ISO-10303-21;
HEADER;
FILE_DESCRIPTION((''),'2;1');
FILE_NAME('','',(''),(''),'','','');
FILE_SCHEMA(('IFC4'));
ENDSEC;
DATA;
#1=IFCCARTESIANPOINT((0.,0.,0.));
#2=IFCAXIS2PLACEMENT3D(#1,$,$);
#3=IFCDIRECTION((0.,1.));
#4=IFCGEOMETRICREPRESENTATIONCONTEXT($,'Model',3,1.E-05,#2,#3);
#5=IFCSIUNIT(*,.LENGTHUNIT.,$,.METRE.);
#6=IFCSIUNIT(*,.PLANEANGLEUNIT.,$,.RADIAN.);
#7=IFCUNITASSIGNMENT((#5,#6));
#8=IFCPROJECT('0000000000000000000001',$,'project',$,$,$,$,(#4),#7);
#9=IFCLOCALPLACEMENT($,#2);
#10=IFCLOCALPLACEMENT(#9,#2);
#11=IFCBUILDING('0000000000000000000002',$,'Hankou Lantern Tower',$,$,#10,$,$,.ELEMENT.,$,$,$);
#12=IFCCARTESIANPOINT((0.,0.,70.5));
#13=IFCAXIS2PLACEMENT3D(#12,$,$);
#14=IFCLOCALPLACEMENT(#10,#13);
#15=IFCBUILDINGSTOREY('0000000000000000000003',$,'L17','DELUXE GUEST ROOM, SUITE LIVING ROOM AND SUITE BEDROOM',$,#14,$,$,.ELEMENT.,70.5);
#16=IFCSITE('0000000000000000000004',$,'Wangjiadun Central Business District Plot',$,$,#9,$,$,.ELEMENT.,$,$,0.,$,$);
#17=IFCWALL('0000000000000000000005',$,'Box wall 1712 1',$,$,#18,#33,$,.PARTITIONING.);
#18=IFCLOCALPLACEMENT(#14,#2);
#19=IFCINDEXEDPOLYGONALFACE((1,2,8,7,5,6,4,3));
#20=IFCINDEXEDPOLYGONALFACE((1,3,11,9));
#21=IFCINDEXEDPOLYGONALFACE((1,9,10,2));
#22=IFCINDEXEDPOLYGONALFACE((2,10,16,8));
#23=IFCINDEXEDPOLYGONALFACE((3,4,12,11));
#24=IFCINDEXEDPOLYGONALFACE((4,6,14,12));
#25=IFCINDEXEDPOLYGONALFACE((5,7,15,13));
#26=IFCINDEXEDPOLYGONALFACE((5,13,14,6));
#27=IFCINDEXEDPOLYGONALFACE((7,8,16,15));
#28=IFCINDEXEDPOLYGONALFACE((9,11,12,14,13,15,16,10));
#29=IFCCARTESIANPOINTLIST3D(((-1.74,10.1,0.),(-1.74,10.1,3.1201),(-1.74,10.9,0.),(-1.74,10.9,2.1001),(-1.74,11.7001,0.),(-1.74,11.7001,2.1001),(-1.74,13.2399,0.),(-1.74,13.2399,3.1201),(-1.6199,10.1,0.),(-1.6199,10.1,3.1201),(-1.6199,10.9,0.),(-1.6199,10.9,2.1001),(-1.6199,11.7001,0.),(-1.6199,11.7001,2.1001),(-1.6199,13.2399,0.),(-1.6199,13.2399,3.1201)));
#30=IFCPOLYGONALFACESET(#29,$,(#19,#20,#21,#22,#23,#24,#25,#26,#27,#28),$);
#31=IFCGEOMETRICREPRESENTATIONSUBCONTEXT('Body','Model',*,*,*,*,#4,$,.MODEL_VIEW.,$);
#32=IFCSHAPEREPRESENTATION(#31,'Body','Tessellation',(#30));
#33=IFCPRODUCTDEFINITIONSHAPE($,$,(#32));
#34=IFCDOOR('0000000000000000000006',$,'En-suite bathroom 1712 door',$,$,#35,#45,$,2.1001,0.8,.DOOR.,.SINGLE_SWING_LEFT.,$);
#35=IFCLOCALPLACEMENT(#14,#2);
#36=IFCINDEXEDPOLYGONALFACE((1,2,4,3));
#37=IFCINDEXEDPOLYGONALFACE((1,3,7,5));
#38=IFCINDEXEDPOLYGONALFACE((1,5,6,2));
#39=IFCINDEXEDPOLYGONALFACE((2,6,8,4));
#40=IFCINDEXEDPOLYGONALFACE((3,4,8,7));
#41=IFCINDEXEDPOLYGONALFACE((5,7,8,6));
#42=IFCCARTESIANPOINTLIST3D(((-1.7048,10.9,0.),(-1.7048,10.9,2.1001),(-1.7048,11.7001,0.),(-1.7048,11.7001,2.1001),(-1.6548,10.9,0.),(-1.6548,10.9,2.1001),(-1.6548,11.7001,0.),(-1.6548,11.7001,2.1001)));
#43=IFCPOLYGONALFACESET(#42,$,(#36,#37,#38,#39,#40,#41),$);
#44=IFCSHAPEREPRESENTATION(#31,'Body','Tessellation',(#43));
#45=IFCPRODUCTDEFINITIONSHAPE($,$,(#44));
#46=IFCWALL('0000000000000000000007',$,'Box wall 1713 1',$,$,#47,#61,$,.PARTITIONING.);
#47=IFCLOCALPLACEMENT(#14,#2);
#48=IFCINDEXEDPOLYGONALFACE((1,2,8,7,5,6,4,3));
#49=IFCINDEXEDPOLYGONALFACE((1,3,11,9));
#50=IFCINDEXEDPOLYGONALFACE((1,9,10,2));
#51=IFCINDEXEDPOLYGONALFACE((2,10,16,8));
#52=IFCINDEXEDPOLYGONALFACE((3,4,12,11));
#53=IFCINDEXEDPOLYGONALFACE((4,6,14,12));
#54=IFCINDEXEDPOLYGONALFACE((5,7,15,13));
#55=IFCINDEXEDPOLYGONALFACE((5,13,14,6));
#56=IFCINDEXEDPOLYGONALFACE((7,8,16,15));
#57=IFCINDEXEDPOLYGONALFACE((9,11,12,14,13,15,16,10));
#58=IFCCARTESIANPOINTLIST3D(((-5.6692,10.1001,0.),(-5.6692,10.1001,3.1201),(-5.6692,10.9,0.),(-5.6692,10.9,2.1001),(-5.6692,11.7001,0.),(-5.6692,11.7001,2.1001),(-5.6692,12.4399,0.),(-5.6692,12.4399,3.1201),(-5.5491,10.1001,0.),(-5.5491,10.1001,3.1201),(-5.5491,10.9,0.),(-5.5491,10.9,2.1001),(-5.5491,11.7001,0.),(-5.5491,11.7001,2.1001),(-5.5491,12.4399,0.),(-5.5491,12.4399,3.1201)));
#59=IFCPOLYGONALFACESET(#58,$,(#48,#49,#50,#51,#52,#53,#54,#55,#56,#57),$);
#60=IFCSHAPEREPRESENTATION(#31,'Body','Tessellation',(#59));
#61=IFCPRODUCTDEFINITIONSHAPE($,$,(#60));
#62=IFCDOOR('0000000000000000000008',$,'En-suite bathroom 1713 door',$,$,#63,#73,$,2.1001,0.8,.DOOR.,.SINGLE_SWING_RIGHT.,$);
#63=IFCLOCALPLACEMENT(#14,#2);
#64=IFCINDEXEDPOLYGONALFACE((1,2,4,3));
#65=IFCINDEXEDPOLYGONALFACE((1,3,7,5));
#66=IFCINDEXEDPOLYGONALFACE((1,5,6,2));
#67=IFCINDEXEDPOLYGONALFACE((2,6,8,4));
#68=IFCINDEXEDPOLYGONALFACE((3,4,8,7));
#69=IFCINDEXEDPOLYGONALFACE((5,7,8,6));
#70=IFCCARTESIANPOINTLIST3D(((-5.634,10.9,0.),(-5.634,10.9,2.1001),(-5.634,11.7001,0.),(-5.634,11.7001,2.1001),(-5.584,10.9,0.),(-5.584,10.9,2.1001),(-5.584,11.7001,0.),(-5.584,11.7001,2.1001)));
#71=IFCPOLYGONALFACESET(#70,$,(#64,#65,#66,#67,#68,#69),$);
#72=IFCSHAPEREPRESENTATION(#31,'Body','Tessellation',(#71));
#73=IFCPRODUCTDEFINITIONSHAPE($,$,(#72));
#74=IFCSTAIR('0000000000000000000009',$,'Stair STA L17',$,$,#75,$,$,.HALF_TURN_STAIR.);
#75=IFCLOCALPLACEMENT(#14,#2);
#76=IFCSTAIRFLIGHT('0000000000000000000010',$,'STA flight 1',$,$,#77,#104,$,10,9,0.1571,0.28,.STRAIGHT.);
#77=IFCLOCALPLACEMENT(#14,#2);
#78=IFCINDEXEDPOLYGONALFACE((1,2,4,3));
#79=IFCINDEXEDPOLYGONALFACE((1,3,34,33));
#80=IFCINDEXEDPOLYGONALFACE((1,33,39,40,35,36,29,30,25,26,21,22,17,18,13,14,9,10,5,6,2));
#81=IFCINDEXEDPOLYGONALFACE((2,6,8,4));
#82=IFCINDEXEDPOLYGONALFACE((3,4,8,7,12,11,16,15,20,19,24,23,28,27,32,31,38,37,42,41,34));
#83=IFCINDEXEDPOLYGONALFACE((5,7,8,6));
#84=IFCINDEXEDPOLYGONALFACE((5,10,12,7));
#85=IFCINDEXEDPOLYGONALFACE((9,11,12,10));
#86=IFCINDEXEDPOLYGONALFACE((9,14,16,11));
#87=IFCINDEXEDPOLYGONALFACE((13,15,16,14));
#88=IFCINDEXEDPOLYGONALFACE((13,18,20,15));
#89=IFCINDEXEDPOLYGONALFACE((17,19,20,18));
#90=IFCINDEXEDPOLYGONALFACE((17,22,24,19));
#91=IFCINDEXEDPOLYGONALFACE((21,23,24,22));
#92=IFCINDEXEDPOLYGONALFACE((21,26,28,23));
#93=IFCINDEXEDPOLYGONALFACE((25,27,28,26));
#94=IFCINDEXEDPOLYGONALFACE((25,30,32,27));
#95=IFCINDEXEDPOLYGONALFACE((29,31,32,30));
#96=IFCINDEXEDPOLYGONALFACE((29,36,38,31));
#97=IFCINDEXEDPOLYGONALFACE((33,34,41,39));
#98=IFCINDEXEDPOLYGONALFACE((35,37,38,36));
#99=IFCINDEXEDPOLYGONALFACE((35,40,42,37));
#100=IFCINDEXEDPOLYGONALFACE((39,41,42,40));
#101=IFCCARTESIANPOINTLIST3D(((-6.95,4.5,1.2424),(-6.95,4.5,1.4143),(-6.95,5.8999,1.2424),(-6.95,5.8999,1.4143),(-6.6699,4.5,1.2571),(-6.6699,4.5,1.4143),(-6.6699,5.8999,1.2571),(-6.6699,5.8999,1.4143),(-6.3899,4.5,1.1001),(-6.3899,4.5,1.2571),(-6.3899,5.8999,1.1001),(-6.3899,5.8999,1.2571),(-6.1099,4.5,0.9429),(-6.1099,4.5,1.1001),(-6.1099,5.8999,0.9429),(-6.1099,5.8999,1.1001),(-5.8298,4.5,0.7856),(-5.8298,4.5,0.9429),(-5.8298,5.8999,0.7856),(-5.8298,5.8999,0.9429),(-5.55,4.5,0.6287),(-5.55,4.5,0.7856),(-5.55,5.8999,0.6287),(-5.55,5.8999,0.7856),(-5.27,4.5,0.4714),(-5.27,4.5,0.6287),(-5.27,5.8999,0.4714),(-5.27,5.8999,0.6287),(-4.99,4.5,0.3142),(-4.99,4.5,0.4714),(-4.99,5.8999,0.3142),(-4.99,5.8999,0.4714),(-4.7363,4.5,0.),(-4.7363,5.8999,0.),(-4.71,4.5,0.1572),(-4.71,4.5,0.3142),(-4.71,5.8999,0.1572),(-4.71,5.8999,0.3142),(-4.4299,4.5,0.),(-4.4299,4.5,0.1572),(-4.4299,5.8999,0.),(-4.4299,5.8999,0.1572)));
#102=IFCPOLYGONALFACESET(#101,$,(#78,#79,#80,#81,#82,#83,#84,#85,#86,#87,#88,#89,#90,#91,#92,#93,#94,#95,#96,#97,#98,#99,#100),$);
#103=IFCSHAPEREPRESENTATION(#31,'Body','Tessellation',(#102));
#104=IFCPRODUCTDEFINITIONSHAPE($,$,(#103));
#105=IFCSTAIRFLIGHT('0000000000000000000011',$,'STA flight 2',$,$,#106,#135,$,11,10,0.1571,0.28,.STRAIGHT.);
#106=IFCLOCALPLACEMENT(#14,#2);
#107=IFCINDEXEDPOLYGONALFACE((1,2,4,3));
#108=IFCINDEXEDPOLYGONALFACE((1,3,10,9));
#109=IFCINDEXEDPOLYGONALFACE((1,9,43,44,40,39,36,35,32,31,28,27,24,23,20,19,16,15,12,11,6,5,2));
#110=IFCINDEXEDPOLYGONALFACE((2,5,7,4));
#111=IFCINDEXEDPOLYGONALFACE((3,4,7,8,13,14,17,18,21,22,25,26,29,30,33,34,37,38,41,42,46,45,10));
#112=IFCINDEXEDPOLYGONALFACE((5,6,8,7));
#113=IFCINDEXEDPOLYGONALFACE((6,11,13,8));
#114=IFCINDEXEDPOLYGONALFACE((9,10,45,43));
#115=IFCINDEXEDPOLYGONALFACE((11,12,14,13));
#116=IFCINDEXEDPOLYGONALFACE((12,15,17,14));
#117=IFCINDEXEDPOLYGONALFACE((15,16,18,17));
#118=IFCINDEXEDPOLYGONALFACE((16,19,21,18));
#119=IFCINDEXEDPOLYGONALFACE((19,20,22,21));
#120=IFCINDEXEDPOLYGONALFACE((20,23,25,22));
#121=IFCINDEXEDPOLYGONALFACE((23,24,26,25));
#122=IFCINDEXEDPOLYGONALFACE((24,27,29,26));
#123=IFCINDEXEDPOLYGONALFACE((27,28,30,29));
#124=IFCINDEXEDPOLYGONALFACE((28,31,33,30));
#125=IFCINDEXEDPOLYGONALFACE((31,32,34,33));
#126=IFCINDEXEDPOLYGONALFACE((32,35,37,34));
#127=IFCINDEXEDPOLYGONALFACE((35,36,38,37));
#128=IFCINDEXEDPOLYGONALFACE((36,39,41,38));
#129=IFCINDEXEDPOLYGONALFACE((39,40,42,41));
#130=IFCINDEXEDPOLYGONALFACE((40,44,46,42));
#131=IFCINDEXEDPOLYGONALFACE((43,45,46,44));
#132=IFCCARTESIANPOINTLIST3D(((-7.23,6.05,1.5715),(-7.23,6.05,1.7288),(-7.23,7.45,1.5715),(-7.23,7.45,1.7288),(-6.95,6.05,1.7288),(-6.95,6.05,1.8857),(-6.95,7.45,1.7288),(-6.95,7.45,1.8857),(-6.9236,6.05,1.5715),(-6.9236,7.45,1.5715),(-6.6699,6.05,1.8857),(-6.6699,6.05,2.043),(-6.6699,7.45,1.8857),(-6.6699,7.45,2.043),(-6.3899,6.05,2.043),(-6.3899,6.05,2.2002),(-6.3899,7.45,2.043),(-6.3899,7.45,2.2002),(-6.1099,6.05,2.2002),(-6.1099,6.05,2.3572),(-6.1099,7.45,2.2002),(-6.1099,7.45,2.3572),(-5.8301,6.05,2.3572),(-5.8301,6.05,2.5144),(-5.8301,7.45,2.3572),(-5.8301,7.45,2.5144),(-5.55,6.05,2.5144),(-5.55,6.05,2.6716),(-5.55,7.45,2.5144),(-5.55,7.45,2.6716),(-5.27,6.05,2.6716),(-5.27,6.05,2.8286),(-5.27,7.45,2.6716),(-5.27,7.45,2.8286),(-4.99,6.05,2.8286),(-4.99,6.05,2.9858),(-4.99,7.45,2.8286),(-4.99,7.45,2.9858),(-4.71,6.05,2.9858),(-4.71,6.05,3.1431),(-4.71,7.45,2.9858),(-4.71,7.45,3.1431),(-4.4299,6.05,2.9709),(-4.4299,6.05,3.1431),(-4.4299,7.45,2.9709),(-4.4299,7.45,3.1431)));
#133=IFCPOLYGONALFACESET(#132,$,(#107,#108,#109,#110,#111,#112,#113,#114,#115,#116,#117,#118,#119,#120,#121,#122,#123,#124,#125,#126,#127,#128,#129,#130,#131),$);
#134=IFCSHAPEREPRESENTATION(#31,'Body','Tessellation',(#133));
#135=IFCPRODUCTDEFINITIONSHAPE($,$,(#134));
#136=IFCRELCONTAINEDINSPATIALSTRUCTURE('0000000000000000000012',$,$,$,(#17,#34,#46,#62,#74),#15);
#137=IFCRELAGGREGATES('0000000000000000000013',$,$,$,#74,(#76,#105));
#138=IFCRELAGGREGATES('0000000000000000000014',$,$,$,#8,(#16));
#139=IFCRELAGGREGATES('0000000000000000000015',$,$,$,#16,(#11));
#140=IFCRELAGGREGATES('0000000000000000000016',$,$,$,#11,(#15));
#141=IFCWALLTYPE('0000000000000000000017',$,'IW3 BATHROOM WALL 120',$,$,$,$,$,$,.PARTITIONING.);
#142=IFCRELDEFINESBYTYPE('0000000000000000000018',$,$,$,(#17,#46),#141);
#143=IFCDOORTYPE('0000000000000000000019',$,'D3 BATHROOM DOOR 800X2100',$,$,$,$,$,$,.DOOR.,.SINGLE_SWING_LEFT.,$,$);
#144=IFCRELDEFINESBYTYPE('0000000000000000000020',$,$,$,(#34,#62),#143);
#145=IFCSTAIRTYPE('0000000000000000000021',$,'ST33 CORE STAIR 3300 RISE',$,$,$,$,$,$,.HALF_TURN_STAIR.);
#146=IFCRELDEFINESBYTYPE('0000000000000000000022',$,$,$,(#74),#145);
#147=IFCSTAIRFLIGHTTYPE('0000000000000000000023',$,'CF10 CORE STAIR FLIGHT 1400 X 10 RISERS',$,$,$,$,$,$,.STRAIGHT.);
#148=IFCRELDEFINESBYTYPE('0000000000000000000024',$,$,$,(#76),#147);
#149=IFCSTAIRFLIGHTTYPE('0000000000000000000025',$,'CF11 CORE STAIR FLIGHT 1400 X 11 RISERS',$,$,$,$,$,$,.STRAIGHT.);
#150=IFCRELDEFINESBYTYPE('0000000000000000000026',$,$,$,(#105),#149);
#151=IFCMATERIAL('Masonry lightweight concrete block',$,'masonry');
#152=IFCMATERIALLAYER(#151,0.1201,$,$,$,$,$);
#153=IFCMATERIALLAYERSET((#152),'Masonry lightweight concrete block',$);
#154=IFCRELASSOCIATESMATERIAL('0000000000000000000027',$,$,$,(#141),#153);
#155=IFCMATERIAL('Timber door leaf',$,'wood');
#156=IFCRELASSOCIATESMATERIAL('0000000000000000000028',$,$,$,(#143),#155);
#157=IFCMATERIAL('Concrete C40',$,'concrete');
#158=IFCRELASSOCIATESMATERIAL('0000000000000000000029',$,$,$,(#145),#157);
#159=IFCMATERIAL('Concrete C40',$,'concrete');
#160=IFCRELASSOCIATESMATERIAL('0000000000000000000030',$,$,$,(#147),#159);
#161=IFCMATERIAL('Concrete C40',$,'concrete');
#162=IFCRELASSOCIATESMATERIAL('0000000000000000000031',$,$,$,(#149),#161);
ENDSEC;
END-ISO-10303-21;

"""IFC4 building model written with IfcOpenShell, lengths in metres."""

from ifc_helpers import new_model, si_unit, direction, frame, frame_2d, origin, place, context, subcontext, project, spatial, polyline, rectangle, outline, extrude, material, layer, layer_set, type_object, element, fill, aggregate, save


model = new_model("IFC4")

# Units and contexts
model_context = context("Model", 3, precision=1e-05, world=origin(), true_north=direction((0.0, 1.0)))
body_context = subcontext(model_context, "Body", "Model", "MODEL_VIEW")
ifc_project = project(units=[si_unit("LENGTHUNIT", "METRE"), si_unit("PLANEANGLEUNIT", "RADIAN")], contexts=[model_context])

# Site, building, storey
site_placement = place(None, origin())
site = spatial("IfcSite", under=ifc_project, at=site_placement, Name="Wangjiadun Central Business District Plot", CompositionType="ELEMENT", RefElevation=0.0)
building_placement = place(site_placement, origin())
building = spatial("IfcBuilding", under=site, at=building_placement, Name="Hankou Lantern Tower", CompositionType="ELEMENT")
storey_placement = place(building_placement, frame((0.0, 0.0, 70.5)))
storey = spatial("IfcBuildingStorey", under=building, at=storey_placement, Name="L17", Description="DELUXE GUEST ROOM, SUITE LIVING ROOM AND SUITE BEDROOM", CompositionType="ELEMENT", Elevation=70.5)

# Walls, openings, doors
ifc_material_1 = material(Name="Masonry lightweight concrete block", Category="masonry")
ifc_layer_1 = layer(ifc_material_1, 0.1201)
ifc_layer_set_1 = layer_set([ifc_layer_1], Name="Masonry lightweight concrete block")
wall_type_1 = type_object("IfcWallType", Name="IW3 BATHROOM WALL 120", PredefinedType="PARTITIONING", material=ifc_layer_set_1)
wall_1_placement = place(storey_placement, frame((-1.6799, 10.1001, 0.0), z_axis=(0.0, 0.0, 1.0), x_axis=(0.0, 1.0, 0.0)))
wall_1 = element("IfcWall", 1, at=wall_1_placement, inside=storey, type_object=wall_type_1, Name="Box wall 1712 1", PredefinedType="PARTITIONING", context=body_context, shape_type="SweptSolid", body=[
    extrude(rectangle(XDim=3.1399, YDim=0.1201, at=frame_2d((1.5698, 0.0))), origin(), (0.0, 0.0, 1.0), 3.1201),
])
opening_1_placement = place(wall_1_placement, frame((0.8, 0.0, 0.0)))
opening_1 = element("IfcOpeningElement", 2, at=opening_1_placement, cuts=wall_1, PredefinedType="OPENING", context=body_context, shape_type="SweptSolid", body=[
    extrude(rectangle(XDim=0.8, YDim=2.1001, at=frame_2d((0.3999, 1.05))), frame((0.0, 0.0701, 0.0), z_axis=(0.0, -1.0, 0.0), x_axis=(1.0, 0.0, 0.0)), (0.0, 0.0, 1.0), 0.1401),
])
ifc_material_2 = material(Name="Timber door leaf", Category="wood")
door_type_1 = type_object("IfcDoorType", Name="D3 BATHROOM DOOR 800X2100", OperationType="SINGLE_SWING_LEFT", PredefinedType="DOOR", material=ifc_material_2)
door_1_placement = place(opening_1_placement, origin())
door_1 = element("IfcDoor", 3, at=door_1_placement, inside=storey, type_object=door_type_1, Name="En-suite bathroom 1712 door", OperationType="SINGLE_SWING_LEFT", OverallHeight=2.1001, OverallWidth=0.8, PredefinedType="DOOR", context=body_context, shape_type="SweptSolid", body=[
    extrude(rectangle(XDim=0.8, YDim=2.1001, at=frame_2d((0.3999, 1.05))), frame((0.0, 0.0249, 0.0), z_axis=(0.0, -1.0, 0.0), x_axis=(1.0, 0.0, 0.0)), (0.0, 0.0, 1.0), 0.05),
])
fill(opening_1, door_1)
wall_2_placement = place(storey_placement, frame((-5.6091, 10.1001, 0.0), z_axis=(0.0, 0.0, 1.0), x_axis=(0.0, 1.0, 0.0)))
wall_2 = element("IfcWall", 4, at=wall_2_placement, inside=storey, type_object=wall_type_1, Name="Box wall 1713 1", PredefinedType="PARTITIONING", context=body_context, shape_type="SweptSolid", body=[
    extrude(rectangle(XDim=2.3398, YDim=0.1201, at=frame_2d((1.1699, 0.0))), origin(), (0.0, 0.0, 1.0), 3.1201),
])
opening_2_placement = place(wall_2_placement, frame((0.8, 0.0, 0.0)))
opening_2 = element("IfcOpeningElement", 5, at=opening_2_placement, cuts=wall_2, PredefinedType="OPENING", context=body_context, shape_type="SweptSolid", body=[
    extrude(rectangle(XDim=0.8, YDim=2.1001, at=frame_2d((0.3999, 1.05))), frame((0.0, 0.0701, 0.0), z_axis=(0.0, -1.0, 0.0), x_axis=(1.0, 0.0, 0.0)), (0.0, 0.0, 1.0), 0.1401),
])
door_2_placement = place(opening_2_placement, origin())
door_2 = element("IfcDoor", 6, at=door_2_placement, inside=storey, type_object=door_type_1, Name="En-suite bathroom 1713 door", OperationType="SINGLE_SWING_RIGHT", OverallHeight=2.1001, OverallWidth=0.8, PredefinedType="DOOR", context=body_context, shape_type="SweptSolid", body=[
    extrude(rectangle(XDim=0.8, YDim=2.1001, at=frame_2d((0.3999, 1.05))), frame((0.0, 0.0249, 0.0), z_axis=(0.0, -1.0, 0.0), x_axis=(1.0, 0.0, 0.0)), (0.0, 0.0, 1.0), 0.05),
])
fill(opening_2, door_2)

# Stair, stair flights
ifc_material_3 = material(Name="Concrete C40", Category="concrete")
stair_type = type_object("IfcStairType", Name="ST33 CORE STAIR 3300 RISE", PredefinedType="HALF_TURN_STAIR", material=ifc_material_3)
stair_placement = place(storey_placement, origin())
stair = element("IfcStair", 7, at=stair_placement, inside=storey, type_object=stair_type, Name="Stair STA L17", PredefinedType="HALF_TURN_STAIR")
ifc_material_4 = material(Name="Concrete C40", Category="concrete")
stair_flight_type_1 = type_object("IfcStairFlightType", Name="CF10 CORE STAIR FLIGHT 1400 X 10 RISERS", PredefinedType="STRAIGHT", material=ifc_material_4)
stair_flight_1_placement = place(storey_placement, frame((-4.4299, 5.2, 0.0), z_axis=(0.0, 0.0, 1.0), x_axis=(-1.0, 0.0, 0.0)))
stair_flight_1 = element("IfcStairFlight", 8, at=stair_flight_1_placement, type_object=stair_flight_type_1, Name="STA flight 1", NumberOfRisers=10, NumberOfTreads=9, PredefinedType="STRAIGHT", RiserHeight=0.1571, TreadLength=0.28, context=body_context, shape_type="SweptSolid", body=[
    extrude(outline(polyline([(0.0, 0.0), (0.0, 0.1572), (0.28, 0.1572), (0.28, 0.3142), (0.5601, 0.3142), (0.5601, 0.4714), (0.8401, 0.4714), (0.8401, 0.6287), (1.1201, 0.6287), (1.1201, 0.7856), (1.3999, 0.7856), (1.3999, 0.9429), (1.6799, 0.9429), (1.6799, 1.1001), (1.96, 1.1001), (1.96, 1.2571), (2.24, 1.2571), (2.24, 1.4143), (2.52, 1.4143), (2.52, 1.5715), (2.52, 1.2424), (0.3064, 0.0), (0.0, 0.0)])), frame((0.0, 0.7, 0.0), z_axis=(0.0, -1.0, 0.0), x_axis=(1.0, 0.0, 0.0)), (0.0, 0.0, 1.0), 1.3999),
])
ifc_material_5 = material(Name="Concrete C40", Category="concrete")
stair_flight_type_2 = type_object("IfcStairFlightType", Name="CF11 CORE STAIR FLIGHT 1400 X 11 RISERS", PredefinedType="STRAIGHT", material=ifc_material_5)
stair_flight_2_placement = place(storey_placement, frame((-7.23, 6.75, 1.5715), z_axis=(0.0, 0.0, 1.0), x_axis=(1.0, 0.0, 0.0)))
stair_flight_2 = element("IfcStairFlight", 9, at=stair_flight_2_placement, type_object=stair_flight_type_2, Name="STA flight 2", NumberOfRisers=11, NumberOfTreads=10, PredefinedType="STRAIGHT", RiserHeight=0.1571, TreadLength=0.28, context=body_context, shape_type="SweptSolid", body=[
    extrude(outline(polyline([(0.0, 0.0), (0.0, 0.1572), (0.28, 0.1572), (0.28, 0.3142), (0.5601, 0.3142), (0.5601, 0.4714), (0.8401, 0.4714), (0.8401, 0.6287), (1.1201, 0.6287), (1.1201, 0.7856), (1.3999, 0.7856), (1.3999, 0.9429), (1.6799, 0.9429), (1.6799, 1.1001), (1.96, 1.1001), (1.96, 1.2571), (2.24, 1.2571), (2.24, 1.4143), (2.52, 1.4143), (2.52, 1.5715), (2.8, 1.5715), (2.8, 1.7285), (2.8, 1.3994), (0.3064, 0.0), (0.0, 0.0)])), frame((0.0, 0.7, 0.0), z_axis=(0.0, -1.0, 0.0), x_axis=(1.0, 0.0, 0.0)), (0.0, 0.0, 1.0), 1.3999),
])
aggregate(stair, [stair_flight_1, stair_flight_2])

save(model, "model.ifc")
